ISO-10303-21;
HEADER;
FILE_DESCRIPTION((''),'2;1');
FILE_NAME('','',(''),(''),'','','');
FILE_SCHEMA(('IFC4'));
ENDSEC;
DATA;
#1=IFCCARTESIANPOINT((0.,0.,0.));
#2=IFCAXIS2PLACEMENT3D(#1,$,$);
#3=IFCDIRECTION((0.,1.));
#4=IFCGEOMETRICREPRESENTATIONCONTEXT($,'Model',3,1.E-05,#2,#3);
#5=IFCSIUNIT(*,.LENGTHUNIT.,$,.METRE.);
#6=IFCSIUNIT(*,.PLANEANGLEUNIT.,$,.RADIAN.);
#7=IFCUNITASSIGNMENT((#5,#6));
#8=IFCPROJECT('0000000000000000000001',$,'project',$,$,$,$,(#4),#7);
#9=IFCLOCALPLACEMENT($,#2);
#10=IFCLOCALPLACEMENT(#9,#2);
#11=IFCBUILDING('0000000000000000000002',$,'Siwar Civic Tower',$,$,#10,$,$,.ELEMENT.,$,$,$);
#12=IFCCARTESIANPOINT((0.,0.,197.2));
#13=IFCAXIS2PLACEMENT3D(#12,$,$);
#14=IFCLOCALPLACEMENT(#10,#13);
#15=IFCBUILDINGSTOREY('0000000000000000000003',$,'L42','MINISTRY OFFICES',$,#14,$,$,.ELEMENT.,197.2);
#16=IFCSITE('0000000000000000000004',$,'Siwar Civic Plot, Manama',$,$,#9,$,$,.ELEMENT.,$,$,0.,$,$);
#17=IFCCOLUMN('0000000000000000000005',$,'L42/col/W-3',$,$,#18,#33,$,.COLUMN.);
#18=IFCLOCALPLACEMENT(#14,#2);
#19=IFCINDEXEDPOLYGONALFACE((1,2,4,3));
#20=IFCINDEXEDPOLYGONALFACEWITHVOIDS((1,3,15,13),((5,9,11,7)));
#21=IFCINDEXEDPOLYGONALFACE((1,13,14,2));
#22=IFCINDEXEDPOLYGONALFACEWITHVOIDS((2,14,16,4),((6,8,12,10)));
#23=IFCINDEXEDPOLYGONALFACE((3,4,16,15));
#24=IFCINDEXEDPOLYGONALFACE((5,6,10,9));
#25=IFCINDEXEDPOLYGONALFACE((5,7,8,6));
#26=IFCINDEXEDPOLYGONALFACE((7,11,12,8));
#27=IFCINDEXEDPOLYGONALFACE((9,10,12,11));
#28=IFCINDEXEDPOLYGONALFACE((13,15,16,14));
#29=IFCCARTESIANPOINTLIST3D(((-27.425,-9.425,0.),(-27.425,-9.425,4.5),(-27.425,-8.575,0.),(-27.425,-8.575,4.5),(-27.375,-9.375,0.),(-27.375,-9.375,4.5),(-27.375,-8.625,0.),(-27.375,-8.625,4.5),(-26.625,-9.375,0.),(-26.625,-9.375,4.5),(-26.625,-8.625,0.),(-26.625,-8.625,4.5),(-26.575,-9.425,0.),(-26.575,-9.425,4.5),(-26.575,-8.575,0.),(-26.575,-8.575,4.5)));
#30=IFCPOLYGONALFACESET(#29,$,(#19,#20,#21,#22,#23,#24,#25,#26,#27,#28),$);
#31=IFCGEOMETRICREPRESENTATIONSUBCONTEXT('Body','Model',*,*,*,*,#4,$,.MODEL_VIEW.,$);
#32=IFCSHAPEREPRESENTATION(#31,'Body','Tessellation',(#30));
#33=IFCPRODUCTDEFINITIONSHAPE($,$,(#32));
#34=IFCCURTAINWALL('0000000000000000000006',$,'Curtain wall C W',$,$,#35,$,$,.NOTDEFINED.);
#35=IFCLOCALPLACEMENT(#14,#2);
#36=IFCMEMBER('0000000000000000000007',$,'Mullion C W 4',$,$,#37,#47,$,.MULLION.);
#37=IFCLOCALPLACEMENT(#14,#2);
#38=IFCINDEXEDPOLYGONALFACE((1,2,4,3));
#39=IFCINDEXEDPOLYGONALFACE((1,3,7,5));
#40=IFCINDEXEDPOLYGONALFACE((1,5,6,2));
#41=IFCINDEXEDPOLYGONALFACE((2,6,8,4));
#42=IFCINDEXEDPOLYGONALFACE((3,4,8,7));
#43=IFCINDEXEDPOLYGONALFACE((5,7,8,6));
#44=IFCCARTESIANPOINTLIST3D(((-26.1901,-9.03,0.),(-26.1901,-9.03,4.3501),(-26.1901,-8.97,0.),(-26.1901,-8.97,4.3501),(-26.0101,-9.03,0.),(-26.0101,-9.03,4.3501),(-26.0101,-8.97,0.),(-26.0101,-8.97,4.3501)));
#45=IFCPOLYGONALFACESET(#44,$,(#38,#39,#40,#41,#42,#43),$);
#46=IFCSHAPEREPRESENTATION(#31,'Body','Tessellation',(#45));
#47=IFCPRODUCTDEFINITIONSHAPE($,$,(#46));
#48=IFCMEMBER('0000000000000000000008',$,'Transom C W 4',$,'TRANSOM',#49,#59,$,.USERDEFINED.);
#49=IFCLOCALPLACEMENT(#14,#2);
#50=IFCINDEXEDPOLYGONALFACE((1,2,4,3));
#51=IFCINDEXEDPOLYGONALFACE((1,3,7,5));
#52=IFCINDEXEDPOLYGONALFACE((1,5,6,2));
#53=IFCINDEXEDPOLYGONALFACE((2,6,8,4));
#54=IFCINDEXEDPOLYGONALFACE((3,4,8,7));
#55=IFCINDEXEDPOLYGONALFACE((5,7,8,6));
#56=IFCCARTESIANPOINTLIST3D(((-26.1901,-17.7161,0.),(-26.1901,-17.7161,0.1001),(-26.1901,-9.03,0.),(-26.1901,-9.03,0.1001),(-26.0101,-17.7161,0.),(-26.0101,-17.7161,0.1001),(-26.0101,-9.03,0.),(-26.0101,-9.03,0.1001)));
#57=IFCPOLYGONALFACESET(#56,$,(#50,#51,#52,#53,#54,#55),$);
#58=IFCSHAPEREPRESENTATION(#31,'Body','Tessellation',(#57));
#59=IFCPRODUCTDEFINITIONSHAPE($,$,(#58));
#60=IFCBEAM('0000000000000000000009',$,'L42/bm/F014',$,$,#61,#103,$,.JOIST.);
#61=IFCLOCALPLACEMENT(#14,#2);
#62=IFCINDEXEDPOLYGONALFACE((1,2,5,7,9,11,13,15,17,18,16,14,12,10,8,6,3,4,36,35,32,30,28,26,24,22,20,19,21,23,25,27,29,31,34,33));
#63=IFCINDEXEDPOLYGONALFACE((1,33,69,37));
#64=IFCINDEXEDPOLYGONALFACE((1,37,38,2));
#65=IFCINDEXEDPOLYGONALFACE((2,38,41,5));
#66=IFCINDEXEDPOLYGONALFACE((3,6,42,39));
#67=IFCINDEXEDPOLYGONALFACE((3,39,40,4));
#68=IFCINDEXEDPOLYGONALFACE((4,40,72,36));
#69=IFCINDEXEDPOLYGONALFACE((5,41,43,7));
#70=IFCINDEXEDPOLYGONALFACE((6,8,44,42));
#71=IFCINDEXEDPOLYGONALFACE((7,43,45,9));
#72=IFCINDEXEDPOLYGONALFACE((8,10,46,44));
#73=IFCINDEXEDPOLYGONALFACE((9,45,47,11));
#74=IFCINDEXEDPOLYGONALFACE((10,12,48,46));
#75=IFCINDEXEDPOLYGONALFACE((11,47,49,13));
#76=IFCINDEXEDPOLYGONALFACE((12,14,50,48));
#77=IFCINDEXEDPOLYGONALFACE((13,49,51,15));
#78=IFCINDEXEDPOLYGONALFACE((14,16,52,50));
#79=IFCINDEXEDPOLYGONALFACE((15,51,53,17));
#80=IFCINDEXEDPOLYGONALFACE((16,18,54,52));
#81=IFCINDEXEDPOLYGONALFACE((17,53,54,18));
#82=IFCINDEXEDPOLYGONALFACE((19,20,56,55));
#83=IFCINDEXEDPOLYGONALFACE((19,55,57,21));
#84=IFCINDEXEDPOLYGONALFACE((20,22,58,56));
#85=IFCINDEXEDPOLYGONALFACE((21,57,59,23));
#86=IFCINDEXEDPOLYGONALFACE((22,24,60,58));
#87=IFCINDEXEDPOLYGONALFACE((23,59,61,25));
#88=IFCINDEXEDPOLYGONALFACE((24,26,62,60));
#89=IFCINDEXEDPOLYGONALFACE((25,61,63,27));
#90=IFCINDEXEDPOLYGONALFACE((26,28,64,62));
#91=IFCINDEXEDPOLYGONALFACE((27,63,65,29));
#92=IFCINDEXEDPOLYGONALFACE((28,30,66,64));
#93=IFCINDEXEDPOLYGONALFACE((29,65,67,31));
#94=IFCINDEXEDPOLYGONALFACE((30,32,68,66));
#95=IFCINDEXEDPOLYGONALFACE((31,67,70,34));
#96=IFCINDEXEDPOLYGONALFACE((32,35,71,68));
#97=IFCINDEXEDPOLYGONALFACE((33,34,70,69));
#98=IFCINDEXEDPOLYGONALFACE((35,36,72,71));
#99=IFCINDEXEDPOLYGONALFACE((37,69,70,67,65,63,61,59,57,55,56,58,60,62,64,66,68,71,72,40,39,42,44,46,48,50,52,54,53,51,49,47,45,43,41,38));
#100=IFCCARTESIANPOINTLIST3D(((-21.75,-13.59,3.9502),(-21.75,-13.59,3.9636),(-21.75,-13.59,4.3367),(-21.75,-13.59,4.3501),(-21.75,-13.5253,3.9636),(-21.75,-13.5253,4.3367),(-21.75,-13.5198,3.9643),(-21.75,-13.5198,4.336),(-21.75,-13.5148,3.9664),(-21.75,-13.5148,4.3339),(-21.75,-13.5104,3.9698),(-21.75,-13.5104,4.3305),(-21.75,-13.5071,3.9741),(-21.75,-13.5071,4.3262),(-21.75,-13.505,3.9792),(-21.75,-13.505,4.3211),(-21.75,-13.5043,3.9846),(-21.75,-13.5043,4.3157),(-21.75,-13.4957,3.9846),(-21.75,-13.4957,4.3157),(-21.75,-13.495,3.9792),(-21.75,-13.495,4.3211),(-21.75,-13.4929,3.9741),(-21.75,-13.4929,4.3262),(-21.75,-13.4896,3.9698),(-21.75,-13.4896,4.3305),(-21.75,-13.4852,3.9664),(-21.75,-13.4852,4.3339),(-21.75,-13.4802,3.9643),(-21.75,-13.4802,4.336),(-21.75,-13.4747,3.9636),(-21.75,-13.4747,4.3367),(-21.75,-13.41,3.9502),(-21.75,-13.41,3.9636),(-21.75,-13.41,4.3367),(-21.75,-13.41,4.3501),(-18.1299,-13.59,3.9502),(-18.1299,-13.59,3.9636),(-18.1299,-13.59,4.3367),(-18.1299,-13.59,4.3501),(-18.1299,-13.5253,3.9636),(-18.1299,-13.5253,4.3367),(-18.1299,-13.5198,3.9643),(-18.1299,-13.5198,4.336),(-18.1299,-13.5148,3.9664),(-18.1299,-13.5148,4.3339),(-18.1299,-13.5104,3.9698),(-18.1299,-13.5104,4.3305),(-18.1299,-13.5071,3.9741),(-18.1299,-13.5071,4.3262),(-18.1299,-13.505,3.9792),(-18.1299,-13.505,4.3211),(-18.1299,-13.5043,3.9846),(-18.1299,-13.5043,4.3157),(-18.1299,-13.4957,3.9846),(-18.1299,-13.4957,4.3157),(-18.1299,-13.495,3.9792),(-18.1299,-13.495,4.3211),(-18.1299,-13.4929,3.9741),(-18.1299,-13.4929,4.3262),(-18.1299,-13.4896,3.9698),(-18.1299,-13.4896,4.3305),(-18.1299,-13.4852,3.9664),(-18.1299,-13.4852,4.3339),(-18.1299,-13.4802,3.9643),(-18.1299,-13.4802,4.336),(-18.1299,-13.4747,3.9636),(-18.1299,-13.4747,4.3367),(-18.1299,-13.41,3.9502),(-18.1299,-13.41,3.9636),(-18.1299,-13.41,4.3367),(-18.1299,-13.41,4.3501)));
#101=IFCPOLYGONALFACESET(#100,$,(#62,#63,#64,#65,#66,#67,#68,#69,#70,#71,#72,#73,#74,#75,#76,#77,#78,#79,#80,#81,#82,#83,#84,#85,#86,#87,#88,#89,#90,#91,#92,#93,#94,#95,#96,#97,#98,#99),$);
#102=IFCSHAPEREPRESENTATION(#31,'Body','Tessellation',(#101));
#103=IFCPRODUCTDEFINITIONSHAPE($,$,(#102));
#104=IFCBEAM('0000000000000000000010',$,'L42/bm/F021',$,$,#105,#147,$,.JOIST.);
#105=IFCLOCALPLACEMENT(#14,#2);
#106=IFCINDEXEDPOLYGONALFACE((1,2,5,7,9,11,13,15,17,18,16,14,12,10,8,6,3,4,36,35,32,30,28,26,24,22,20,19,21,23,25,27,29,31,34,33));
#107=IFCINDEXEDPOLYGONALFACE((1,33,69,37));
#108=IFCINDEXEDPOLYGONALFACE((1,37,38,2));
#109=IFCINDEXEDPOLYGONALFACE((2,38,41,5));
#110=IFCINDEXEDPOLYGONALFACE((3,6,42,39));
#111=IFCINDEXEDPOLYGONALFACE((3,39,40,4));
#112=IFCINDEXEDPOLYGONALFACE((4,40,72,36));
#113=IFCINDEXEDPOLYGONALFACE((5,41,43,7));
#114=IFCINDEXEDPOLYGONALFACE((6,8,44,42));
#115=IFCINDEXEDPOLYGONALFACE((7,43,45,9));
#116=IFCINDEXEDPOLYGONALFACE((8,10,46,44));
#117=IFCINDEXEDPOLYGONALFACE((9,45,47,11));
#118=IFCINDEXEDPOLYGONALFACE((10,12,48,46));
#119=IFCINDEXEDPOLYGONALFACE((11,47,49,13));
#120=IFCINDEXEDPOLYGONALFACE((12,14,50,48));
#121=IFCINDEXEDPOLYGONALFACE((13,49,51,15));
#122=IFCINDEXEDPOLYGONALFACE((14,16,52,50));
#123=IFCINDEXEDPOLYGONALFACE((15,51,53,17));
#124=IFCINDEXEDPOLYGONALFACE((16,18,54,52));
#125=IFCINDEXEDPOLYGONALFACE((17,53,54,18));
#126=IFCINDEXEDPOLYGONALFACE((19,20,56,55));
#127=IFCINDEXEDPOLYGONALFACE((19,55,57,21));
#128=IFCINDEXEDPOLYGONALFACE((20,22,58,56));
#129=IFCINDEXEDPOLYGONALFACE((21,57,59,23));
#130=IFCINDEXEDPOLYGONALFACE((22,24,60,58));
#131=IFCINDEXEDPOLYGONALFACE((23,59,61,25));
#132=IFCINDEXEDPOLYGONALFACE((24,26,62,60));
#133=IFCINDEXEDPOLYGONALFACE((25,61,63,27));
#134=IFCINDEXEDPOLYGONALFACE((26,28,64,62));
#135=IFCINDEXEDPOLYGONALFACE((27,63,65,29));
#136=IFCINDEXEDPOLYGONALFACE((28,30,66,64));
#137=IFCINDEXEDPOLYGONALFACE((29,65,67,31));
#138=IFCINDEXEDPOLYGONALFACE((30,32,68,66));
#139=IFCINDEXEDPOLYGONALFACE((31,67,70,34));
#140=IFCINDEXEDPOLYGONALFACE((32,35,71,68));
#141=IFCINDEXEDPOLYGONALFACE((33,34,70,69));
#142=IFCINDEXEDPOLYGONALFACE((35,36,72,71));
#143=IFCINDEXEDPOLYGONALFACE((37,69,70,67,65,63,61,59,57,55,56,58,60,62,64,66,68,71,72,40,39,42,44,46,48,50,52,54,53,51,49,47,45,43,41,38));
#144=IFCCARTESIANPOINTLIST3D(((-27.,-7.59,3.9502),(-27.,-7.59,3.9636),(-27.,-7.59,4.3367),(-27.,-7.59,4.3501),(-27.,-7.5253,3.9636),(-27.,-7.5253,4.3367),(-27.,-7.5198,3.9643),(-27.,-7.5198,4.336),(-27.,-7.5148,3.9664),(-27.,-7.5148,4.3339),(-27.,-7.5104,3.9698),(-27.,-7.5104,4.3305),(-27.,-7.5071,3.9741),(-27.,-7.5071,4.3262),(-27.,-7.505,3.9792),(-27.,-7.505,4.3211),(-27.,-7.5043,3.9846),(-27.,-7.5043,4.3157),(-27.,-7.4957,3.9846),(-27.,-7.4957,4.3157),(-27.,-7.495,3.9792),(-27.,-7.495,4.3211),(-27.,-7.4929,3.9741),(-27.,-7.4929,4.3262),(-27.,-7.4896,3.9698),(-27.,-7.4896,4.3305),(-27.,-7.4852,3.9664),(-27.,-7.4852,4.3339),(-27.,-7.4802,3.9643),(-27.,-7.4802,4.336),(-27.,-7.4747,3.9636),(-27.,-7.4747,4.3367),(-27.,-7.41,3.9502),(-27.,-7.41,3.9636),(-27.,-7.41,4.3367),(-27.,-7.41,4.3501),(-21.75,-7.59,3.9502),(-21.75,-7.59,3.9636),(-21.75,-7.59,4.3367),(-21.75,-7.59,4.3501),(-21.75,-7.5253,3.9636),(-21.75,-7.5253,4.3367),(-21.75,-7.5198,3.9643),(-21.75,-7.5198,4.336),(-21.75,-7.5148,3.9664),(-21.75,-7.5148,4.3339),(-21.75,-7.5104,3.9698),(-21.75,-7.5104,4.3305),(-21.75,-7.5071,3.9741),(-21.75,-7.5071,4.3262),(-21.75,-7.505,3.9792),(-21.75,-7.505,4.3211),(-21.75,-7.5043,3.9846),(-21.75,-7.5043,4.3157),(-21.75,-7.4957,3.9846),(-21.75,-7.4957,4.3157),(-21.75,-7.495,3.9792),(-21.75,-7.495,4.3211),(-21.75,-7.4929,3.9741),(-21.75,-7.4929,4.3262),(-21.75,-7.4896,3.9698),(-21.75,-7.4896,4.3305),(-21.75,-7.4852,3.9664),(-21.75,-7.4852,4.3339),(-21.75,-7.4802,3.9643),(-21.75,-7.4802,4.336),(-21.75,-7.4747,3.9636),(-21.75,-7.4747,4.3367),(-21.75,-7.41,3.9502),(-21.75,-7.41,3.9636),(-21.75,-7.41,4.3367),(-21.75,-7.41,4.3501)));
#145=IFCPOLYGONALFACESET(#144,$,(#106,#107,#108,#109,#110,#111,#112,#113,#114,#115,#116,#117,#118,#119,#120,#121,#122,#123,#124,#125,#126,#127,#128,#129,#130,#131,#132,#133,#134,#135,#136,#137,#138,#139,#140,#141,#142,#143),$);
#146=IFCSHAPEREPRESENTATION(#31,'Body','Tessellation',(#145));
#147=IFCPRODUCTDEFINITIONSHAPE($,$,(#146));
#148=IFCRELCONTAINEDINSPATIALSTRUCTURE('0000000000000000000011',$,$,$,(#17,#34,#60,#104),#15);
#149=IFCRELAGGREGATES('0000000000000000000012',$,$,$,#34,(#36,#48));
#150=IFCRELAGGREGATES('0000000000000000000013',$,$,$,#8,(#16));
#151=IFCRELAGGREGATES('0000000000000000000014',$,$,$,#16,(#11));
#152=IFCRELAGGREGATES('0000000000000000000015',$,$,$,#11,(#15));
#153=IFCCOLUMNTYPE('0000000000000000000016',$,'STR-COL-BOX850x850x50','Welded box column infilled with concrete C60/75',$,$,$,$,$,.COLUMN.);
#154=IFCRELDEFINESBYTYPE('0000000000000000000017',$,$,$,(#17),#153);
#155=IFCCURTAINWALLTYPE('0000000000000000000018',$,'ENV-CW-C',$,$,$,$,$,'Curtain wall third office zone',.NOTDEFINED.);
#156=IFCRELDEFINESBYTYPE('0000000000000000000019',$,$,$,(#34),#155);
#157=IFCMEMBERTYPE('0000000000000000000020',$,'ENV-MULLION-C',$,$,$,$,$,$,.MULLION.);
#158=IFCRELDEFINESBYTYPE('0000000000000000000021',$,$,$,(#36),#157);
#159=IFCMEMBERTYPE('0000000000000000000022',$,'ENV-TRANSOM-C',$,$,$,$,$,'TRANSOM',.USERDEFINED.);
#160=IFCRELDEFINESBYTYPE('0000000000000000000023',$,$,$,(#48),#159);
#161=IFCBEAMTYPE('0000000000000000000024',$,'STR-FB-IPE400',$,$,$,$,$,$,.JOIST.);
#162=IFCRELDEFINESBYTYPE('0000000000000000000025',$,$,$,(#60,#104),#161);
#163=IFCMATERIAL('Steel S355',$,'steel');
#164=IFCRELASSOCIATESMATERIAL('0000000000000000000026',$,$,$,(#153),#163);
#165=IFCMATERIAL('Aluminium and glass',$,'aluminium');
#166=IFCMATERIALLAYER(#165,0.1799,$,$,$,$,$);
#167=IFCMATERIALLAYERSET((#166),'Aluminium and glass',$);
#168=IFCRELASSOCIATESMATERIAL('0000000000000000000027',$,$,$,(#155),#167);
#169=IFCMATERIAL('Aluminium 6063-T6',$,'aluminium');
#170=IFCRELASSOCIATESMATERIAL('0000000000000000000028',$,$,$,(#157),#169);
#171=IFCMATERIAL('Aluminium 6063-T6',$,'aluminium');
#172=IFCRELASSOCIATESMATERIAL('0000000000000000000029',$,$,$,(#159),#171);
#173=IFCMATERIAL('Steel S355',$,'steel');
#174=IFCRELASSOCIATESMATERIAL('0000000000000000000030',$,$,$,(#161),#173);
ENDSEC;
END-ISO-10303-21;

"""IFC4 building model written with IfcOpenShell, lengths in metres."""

from ifc_helpers import new_model, si_unit, direction, frame, origin, origin_2d, place, context, subcontext, project, spatial, rectangle, hollow_rectangle, i_section, extrude, material, layer, layer_set, material_profile, profile_set, type_object, element, aggregate, save


model = new_model("IFC4")

# Units and contexts
model_context = context("Model", 3, precision=1e-05, world=origin(), true_north=direction((0.0, 1.0)))
body_context = subcontext(model_context, "Body", "Model", "MODEL_VIEW")
ifc_project = project(units=[si_unit("LENGTHUNIT", "METRE"), si_unit("PLANEANGLEUNIT", "RADIAN")], contexts=[model_context])

# Site, building, storey
site_placement = place(None, origin())
site = spatial("IfcSite", under=ifc_project, at=site_placement, Name="Siwar Civic Plot, Manama", CompositionType="ELEMENT", RefElevation=0.0)
building_placement = place(site_placement, origin())
building = spatial("IfcBuilding", under=site, at=building_placement, Name="Siwar Civic Tower", CompositionType="ELEMENT")
storey_placement = place(building_placement, frame((0.0, 0.0, 197.2)))
storey = spatial("IfcBuildingStorey", under=building, at=storey_placement, Name="L42", Description="MINISTRY OFFICES", CompositionType="ELEMENT", Elevation=197.2)

# Column
ifc_material_1 = material(Name="Steel S355", Category="steel")
ifc_material_profile_1 = material_profile(ifc_material_1, hollow_rectangle(XDim=0.8501, YDim=0.8501, WallThickness=0.05, at=origin_2d()), Name="BOX850x850x50")
ifc_profile_set_1 = profile_set([ifc_material_profile_1], Name="Steel S355")
column_type = type_object("IfcColumnType", Name="STR-COL-BOX850x850x50", Description="Welded box column infilled with concrete C60/75", PredefinedType="COLUMN", material=ifc_profile_set_1)
column_placement = place(storey_placement, frame((-27.0, -9.0, 0.0), z_axis=(0.0, 0.0, 1.0), x_axis=(1.0, 0.0, 0.0)))
element("IfcColumn", 1, at=column_placement, inside=storey, type_object=column_type, Name="L42/col/W-3", PredefinedType="COLUMN", context=body_context, shape_type="SweptSolid", body=[
    extrude(hollow_rectangle(XDim=0.8501, YDim=0.8501, WallThickness=0.05, at=origin_2d()), origin(), (0.0, 0.0, 1.0), 4.5),
])

# Curtain wall, members
ifc_material_2 = material(Name="Aluminium and glass", Category="aluminium")
ifc_layer_1 = layer(ifc_material_2, 0.1799)
ifc_layer_set_1 = layer_set([ifc_layer_1], Name="Aluminium and glass")
curtain_wall_type = type_object("IfcCurtainWallType", Name="ENV-CW-C", ElementType="Curtain wall third office zone", PredefinedType="NOTDEFINED", material=ifc_layer_set_1)
curtain_wall_placement = place(storey_placement, origin())
curtain_wall = element("IfcCurtainWall", 2, at=curtain_wall_placement, inside=storey, type_object=curtain_wall_type, Name="Curtain wall C W", PredefinedType="NOTDEFINED")
ifc_material_3 = material(Name="Aluminium 6063-T6", Category="aluminium")
ifc_material_profile_2 = material_profile(ifc_material_3, rectangle(XDim=0.1799, YDim=0.0601, at=origin_2d()), Name="AL 180x60")
ifc_profile_set_2 = profile_set([ifc_material_profile_2], Name="Aluminium 6063-T6")
member_type_1 = type_object("IfcMemberType", Name="ENV-MULLION-C", PredefinedType="MULLION", material=ifc_profile_set_2)
member_1_placement = place(storey_placement, frame((-26.1001, -9.0, 0.0), z_axis=(0.0, 0.0, 1.0), x_axis=(1.0, 0.0, 0.0)))
member_1 = element("IfcMember", 3, at=member_1_placement, type_object=member_type_1, Name="Mullion C W 4", PredefinedType="MULLION", context=body_context, shape_type="SweptSolid", body=[
    extrude(rectangle(XDim=0.1799, YDim=0.0601, at=origin_2d()), origin(), (0.0, 0.0, 1.0), 4.3501),
])
ifc_material_4 = material(Name="Aluminium 6063-T6", Category="aluminium")
ifc_material_profile_3 = material_profile(ifc_material_4, rectangle(XDim=0.1799, YDim=0.1001, at=origin_2d()), Name="AL 180x100")
ifc_profile_set_3 = profile_set([ifc_material_profile_3], Name="Aluminium 6063-T6")
member_type_2 = type_object("IfcMemberType", Name="ENV-TRANSOM-C", ElementType="TRANSOM", PredefinedType="USERDEFINED", material=ifc_profile_set_3)
member_2_placement = place(storey_placement, frame((-26.1001, -9.03, 0.05), z_axis=(0.0, -1.0, 0.0), x_axis=(1.0, 0.0, 0.0)))
member_2 = element("IfcMember", 4, at=member_2_placement, type_object=member_type_2, Name="Transom C W 4", ObjectType="TRANSOM", PredefinedType="USERDEFINED", context=body_context, shape_type="SweptSolid", body=[
    extrude(rectangle(XDim=0.1799, YDim=0.1001, at=origin_2d()), origin(), (0.0, 0.0, 1.0), 8.686),
])

# Beams
ifc_material_5 = material(Name="Steel S355", Category="steel")
ifc_material_profile_4 = material_profile(ifc_material_5, i_section(OverallWidth=0.1799, OverallDepth=0.3999, WebThickness=0.0085, FlangeThickness=0.0134, FilletRadius=0.021, at=origin_2d()), Name="IPE400")
ifc_profile_set_4 = profile_set([ifc_material_profile_4], Name="Steel S355")
beam_type_1 = type_object("IfcBeamType", Name="STR-FB-IPE400", PredefinedType="JOIST", material=ifc_profile_set_4)
beam_1_placement = place(storey_placement, frame((-21.75, -13.5, 4.1501), z_axis=(1.0, 0.0, 0.0), x_axis=(0.0, 1.0, 0.0)))
element("IfcBeam", 5, at=beam_1_placement, inside=storey, type_object=beam_type_1, Name="L42/bm/F014", PredefinedType="JOIST", context=body_context, shape_type="SweptSolid", body=[
    extrude(i_section(OverallWidth=0.1799, OverallDepth=0.3999, WebThickness=0.0085, FlangeThickness=0.0134, FilletRadius=0.021, at=origin_2d()), origin(), (0.0, 0.0, 1.0), 3.6201),
])
beam_2_placement = place(storey_placement, frame((-27.0, -7.5, 4.1501), z_axis=(1.0, 0.0, 0.0), x_axis=(0.0, 1.0, 0.0)))
element("IfcBeam", 6, at=beam_2_placement, inside=storey, type_object=beam_type_1, Name="L42/bm/F021", PredefinedType="JOIST", context=body_context, shape_type="SweptSolid", body=[
    extrude(i_section(OverallWidth=0.1799, OverallDepth=0.3999, WebThickness=0.0085, FlangeThickness=0.0134, FilletRadius=0.021, at=origin_2d()), origin(), (0.0, 0.0, 1.0), 5.25),
])

aggregate(curtain_wall, [member_1, member_2])

save(model, "model.ifc")
